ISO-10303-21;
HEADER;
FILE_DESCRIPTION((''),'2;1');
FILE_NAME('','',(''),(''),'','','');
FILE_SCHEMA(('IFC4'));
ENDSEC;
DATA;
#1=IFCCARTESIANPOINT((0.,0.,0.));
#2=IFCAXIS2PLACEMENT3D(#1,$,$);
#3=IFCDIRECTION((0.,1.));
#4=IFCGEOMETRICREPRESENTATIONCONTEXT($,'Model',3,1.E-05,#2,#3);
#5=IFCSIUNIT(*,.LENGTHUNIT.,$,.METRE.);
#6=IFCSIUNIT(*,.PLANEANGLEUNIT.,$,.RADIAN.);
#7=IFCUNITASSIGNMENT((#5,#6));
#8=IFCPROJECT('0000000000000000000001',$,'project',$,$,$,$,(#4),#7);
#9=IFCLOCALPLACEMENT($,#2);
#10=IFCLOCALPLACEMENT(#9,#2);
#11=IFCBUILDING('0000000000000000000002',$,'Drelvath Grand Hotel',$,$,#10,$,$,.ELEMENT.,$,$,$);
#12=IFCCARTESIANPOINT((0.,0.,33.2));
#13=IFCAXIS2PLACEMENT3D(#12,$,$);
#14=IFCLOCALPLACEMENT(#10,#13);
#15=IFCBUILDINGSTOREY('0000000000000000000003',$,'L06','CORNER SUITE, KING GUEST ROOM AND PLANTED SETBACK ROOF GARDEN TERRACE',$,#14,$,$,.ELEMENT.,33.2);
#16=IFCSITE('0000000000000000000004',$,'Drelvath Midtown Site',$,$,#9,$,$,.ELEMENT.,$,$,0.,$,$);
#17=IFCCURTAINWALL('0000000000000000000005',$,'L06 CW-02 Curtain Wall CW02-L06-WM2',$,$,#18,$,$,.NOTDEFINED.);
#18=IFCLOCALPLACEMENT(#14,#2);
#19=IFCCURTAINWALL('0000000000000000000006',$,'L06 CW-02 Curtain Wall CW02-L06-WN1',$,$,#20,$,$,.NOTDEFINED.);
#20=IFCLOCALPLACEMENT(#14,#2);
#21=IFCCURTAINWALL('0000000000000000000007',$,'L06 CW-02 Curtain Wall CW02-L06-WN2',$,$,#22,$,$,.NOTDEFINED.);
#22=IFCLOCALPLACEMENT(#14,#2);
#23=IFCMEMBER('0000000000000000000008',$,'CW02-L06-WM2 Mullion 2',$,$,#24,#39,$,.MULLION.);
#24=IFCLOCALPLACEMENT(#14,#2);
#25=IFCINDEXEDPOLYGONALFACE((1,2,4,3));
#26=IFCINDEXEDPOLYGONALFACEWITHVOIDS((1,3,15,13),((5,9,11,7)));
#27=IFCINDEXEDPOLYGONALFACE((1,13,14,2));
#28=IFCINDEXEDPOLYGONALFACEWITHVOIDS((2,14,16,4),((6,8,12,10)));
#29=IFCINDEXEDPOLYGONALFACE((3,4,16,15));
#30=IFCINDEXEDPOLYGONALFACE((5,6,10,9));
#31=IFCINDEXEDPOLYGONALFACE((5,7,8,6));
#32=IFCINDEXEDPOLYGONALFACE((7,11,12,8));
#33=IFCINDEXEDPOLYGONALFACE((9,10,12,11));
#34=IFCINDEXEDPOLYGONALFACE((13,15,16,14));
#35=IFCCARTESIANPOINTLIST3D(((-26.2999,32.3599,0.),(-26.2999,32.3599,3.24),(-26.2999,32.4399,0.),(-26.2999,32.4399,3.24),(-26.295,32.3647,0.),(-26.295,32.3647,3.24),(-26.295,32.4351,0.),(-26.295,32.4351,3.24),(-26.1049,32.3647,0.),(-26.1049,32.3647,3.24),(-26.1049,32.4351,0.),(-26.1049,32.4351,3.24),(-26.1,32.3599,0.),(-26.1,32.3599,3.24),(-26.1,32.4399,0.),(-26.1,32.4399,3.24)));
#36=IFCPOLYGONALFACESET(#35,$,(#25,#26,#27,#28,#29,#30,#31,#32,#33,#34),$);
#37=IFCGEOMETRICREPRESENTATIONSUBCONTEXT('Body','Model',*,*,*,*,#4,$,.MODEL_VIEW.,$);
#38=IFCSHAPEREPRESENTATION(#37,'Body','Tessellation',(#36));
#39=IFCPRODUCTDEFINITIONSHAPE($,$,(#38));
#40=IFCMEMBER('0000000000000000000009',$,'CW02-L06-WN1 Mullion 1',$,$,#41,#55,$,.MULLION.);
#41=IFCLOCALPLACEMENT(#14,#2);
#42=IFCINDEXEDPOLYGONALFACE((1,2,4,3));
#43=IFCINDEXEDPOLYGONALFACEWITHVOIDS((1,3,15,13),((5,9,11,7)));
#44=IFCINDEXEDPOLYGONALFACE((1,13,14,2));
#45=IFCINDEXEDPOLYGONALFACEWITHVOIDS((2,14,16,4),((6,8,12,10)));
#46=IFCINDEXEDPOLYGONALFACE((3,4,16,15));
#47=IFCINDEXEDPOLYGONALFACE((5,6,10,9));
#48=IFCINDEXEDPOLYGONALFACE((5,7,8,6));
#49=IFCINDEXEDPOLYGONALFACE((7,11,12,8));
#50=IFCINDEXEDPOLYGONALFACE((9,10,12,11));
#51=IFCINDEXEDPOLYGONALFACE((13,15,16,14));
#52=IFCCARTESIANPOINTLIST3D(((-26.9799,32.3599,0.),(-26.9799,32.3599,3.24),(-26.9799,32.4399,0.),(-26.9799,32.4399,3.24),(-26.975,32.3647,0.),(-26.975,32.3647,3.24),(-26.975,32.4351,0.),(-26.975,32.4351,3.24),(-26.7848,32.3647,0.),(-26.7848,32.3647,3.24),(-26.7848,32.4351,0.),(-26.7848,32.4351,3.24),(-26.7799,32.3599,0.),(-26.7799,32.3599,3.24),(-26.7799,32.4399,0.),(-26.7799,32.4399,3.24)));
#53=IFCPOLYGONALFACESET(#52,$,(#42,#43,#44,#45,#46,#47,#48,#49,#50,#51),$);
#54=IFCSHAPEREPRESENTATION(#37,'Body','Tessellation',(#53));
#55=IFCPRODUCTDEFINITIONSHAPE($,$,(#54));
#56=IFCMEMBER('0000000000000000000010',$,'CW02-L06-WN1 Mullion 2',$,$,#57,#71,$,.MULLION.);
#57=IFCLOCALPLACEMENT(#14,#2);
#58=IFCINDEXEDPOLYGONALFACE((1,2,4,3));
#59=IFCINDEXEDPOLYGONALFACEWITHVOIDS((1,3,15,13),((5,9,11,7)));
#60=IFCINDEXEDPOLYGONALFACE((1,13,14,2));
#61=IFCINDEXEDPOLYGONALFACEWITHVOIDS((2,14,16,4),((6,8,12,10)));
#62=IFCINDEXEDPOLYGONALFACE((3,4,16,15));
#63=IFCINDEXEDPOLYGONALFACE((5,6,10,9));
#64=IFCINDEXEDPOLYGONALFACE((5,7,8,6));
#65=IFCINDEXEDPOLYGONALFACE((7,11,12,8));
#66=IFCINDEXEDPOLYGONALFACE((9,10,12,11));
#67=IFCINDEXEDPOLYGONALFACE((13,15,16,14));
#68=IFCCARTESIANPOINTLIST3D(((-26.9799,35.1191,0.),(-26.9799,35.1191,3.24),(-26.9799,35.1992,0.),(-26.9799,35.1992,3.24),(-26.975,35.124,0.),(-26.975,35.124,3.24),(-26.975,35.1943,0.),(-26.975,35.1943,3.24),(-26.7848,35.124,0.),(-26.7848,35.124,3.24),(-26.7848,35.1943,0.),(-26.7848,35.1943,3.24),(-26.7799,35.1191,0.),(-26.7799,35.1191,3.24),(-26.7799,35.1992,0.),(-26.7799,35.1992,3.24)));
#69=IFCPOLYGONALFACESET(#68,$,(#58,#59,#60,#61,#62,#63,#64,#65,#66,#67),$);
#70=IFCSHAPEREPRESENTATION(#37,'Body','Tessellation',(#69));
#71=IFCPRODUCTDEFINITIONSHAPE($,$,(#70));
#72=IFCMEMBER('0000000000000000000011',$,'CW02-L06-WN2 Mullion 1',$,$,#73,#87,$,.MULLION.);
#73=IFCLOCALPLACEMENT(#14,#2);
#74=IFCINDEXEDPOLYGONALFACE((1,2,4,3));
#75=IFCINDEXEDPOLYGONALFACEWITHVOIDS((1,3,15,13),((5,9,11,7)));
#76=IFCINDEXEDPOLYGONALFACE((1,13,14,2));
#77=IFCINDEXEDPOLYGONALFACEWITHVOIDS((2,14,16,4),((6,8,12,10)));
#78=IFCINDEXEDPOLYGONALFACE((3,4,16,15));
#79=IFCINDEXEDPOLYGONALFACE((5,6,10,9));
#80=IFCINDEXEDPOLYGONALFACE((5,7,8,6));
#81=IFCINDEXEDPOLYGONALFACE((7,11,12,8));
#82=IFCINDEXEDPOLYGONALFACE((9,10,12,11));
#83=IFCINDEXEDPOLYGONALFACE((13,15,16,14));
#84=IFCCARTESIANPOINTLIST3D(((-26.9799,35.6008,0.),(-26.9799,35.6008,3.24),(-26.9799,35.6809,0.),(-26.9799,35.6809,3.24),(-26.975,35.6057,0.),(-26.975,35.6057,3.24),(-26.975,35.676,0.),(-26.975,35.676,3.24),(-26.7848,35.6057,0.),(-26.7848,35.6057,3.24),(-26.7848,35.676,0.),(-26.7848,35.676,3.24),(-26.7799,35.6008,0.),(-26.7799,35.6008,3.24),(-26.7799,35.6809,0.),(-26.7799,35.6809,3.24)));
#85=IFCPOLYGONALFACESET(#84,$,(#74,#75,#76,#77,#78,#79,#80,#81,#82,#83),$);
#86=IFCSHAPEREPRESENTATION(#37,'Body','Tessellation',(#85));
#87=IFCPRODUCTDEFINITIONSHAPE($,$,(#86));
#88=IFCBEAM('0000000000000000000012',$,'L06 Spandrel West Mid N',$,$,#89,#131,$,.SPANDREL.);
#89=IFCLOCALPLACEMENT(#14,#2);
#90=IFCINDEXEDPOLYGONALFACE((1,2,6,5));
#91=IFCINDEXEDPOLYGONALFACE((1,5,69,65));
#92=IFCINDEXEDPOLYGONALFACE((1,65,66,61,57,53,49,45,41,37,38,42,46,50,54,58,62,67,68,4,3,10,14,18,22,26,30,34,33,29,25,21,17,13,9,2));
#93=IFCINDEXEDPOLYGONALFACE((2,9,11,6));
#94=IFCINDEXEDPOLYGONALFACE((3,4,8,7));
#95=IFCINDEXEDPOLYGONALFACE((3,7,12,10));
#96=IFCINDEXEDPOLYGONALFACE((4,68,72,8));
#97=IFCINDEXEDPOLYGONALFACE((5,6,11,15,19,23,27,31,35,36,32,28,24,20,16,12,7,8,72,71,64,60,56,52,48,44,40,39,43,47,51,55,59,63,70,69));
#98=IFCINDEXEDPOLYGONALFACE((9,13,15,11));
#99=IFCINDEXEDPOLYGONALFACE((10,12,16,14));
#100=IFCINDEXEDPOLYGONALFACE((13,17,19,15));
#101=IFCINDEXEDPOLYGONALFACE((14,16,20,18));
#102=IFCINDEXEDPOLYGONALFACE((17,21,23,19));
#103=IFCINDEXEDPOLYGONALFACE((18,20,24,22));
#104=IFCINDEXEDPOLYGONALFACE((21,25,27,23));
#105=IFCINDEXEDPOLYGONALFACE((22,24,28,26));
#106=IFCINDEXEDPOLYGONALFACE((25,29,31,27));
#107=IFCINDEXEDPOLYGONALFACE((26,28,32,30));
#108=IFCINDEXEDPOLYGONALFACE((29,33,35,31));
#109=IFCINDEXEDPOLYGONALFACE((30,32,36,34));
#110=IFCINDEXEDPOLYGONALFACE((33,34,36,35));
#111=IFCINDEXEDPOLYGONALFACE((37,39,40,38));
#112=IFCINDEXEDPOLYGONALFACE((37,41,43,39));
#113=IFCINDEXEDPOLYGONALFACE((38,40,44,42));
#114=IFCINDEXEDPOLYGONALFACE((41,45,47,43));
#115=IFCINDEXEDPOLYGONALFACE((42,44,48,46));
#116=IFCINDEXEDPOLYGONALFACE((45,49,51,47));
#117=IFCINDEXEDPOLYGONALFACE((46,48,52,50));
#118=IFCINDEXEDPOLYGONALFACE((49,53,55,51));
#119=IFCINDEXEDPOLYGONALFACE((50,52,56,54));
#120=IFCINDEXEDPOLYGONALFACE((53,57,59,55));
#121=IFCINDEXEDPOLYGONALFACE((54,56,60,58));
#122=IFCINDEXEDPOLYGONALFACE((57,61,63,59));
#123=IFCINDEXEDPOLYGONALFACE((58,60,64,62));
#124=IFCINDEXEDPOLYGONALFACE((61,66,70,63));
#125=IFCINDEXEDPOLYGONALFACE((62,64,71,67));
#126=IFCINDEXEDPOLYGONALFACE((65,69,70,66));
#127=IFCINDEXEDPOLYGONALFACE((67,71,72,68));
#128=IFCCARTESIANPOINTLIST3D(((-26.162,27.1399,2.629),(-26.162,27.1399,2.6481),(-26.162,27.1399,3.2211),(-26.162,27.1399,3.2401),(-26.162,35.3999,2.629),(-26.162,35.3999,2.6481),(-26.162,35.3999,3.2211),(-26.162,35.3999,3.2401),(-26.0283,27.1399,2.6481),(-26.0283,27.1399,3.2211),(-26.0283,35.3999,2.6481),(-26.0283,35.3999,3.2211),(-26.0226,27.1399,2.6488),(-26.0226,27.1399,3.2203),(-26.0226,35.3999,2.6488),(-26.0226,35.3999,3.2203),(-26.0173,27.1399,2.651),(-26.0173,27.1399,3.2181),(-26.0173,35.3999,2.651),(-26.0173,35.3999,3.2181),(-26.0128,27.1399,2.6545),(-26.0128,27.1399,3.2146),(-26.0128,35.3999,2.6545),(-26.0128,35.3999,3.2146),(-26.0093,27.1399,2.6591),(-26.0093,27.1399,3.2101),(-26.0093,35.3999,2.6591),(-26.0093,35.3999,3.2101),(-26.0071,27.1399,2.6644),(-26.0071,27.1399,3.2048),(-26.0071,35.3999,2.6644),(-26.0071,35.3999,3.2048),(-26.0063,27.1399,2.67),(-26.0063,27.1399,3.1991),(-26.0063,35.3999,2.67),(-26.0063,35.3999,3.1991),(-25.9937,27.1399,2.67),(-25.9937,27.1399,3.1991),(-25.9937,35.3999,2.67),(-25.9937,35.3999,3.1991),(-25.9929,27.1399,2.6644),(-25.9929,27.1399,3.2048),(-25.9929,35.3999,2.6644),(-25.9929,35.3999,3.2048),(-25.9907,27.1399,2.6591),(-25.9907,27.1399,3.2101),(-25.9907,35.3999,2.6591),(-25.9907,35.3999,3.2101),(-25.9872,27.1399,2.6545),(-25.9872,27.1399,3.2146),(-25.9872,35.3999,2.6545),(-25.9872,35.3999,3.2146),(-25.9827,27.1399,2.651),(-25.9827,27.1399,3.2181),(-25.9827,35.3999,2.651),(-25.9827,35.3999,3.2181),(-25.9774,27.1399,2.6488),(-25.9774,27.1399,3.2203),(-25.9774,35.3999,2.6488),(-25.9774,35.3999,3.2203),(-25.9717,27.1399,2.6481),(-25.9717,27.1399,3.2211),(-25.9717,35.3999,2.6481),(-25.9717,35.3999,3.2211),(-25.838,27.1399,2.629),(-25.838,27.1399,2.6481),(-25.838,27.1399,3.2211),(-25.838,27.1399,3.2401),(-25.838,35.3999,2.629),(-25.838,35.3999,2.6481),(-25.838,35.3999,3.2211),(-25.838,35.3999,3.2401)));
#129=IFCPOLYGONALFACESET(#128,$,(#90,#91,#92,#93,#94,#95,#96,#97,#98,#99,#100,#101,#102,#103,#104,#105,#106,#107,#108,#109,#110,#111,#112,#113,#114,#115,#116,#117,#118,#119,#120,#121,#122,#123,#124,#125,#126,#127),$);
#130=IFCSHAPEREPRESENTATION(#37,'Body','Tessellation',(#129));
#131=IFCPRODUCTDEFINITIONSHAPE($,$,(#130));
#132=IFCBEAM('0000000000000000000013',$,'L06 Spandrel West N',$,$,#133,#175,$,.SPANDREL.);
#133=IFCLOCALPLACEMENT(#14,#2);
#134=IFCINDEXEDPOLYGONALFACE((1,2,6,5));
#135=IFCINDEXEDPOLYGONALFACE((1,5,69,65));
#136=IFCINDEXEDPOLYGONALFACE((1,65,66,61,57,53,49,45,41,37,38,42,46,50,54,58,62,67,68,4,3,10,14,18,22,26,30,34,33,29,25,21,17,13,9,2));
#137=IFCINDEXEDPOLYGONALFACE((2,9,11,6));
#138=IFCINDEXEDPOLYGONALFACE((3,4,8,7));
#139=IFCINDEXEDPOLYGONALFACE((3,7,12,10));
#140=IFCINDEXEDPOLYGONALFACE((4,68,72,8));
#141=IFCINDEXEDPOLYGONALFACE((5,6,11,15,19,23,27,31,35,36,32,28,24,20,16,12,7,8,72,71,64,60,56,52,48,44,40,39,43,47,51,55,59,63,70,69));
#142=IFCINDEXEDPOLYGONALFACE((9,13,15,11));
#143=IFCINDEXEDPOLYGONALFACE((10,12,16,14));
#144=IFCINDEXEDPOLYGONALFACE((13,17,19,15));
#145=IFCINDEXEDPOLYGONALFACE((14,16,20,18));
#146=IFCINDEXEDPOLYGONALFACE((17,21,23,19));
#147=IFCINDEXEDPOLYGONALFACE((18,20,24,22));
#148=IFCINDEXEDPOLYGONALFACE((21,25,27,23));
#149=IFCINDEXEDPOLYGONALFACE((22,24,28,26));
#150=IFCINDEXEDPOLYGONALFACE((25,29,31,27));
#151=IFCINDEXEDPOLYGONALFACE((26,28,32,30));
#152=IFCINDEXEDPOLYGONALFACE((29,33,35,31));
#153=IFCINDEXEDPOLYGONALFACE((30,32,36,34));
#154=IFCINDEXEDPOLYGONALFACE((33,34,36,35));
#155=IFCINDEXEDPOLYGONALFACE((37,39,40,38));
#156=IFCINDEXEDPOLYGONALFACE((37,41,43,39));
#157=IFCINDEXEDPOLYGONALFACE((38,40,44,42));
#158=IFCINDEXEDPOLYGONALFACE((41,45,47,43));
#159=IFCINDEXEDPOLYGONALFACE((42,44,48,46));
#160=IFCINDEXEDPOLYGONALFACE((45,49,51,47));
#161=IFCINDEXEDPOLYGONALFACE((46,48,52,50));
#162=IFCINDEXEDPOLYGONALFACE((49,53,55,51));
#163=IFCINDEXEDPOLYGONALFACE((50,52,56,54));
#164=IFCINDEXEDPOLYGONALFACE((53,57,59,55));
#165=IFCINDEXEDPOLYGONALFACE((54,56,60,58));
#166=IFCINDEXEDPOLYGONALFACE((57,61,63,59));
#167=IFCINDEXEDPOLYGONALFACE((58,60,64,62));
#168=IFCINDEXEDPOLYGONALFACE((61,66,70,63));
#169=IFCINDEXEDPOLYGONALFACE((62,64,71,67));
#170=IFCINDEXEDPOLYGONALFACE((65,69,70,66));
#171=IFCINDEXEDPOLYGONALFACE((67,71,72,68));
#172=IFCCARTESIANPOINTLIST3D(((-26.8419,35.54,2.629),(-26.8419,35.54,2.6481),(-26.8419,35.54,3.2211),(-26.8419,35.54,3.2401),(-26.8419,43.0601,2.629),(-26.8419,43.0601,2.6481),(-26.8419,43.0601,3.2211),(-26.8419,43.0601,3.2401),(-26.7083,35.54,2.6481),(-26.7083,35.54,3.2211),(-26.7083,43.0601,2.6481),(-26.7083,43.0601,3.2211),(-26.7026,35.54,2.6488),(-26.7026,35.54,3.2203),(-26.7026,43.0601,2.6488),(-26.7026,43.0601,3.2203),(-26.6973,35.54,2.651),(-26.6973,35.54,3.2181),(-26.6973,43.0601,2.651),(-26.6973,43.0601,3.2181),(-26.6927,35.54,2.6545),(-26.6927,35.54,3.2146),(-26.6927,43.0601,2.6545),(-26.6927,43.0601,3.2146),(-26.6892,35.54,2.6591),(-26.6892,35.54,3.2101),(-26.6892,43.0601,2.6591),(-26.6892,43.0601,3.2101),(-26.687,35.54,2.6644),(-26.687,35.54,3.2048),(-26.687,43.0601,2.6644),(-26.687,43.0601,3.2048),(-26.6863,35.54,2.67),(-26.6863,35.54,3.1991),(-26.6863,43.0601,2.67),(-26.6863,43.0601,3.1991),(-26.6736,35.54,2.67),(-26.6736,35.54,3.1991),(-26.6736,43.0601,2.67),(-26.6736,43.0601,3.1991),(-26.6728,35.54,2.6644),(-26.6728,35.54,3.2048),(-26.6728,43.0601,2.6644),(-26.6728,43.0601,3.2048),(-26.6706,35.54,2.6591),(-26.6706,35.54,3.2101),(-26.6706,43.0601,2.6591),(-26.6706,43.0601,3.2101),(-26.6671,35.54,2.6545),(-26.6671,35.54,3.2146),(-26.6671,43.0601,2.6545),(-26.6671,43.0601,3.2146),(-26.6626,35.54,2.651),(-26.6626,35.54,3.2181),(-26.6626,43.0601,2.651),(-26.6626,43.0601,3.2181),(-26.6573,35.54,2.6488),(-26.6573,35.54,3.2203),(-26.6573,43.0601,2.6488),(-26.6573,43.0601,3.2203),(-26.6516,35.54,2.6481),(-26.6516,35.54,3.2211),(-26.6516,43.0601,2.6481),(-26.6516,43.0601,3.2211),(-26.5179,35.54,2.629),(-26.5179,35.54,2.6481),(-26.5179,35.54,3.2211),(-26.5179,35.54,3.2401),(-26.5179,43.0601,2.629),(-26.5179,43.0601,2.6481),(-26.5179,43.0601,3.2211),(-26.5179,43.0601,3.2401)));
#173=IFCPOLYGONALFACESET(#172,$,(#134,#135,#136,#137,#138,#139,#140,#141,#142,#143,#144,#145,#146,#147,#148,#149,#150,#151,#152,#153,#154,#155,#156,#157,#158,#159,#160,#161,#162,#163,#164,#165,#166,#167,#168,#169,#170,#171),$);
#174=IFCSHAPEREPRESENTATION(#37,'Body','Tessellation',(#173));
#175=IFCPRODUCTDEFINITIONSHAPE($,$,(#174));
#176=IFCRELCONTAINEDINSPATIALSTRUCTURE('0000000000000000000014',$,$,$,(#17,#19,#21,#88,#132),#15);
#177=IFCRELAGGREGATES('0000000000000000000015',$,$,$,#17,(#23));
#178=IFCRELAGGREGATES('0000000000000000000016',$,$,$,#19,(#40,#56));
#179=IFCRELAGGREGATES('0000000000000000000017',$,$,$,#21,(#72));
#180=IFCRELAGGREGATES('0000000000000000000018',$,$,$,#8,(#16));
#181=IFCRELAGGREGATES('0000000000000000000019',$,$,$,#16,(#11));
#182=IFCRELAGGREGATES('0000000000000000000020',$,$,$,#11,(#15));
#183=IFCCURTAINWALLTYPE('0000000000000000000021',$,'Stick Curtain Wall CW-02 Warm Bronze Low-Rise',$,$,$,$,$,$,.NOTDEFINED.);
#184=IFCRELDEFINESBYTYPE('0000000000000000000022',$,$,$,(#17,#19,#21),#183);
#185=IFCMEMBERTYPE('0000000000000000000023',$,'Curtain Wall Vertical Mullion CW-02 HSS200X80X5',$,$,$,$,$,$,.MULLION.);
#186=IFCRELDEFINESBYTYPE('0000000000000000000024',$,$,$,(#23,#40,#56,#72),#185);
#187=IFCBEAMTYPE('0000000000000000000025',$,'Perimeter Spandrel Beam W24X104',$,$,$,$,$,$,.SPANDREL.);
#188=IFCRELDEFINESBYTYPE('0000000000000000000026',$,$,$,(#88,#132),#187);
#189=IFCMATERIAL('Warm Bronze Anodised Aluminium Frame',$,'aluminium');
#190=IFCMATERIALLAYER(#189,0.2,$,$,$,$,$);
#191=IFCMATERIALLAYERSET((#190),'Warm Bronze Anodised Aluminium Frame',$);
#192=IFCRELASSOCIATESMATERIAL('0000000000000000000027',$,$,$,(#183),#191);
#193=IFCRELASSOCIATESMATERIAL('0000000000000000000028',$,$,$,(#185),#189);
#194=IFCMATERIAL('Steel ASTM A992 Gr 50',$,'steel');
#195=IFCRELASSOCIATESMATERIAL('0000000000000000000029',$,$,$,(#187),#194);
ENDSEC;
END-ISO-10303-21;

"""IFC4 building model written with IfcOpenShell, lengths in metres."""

from ifc_helpers import new_model, si_unit, direction, frame, origin, origin_2d, place, context, subcontext, project, spatial, hollow_rectangle, i_section, extrude, material, layer, layer_set, material_profile, profile_set, type_object, element, aggregate, save


model = new_model("IFC4")

# Units and contexts
model_context = context("Model", 3, precision=1e-05, world=origin(), true_north=direction((0.0, 1.0)))
body_context = subcontext(model_context, "Body", "Model", "MODEL_VIEW")
ifc_project = project(units=[si_unit("LENGTHUNIT", "METRE"), si_unit("PLANEANGLEUNIT", "RADIAN")], contexts=[model_context])

# Site, building, storey
site_placement = place(None, origin())
site = spatial("IfcSite", under=ifc_project, at=site_placement, Name="Drelvath Midtown Site", CompositionType="ELEMENT", RefElevation=0.0)
building_placement = place(site_placement, origin())
building = spatial("IfcBuilding", under=site, at=building_placement, Name="Drelvath Grand Hotel", CompositionType="ELEMENT")
storey_placement = place(building_placement, frame((0.0, 0.0, 33.2)))
storey = spatial("IfcBuildingStorey", under=building, at=storey_placement, Name="L06", Description="CORNER SUITE, KING GUEST ROOM AND PLANTED SETBACK ROOF GARDEN TERRACE", CompositionType="ELEMENT", Elevation=33.2)

# Curtain walls
ifc_material_1 = material(Name="Warm Bronze Anodised Aluminium Frame", Category="aluminium")
ifc_layer_1 = layer(ifc_material_1, 0.2)
ifc_layer_set_1 = layer_set([ifc_layer_1], Name="Warm Bronze Anodised Aluminium Frame")
curtain_wall_type = type_object("IfcCurtainWallType", Name="Stick Curtain Wall CW-02 Warm Bronze Low-Rise", PredefinedType="NOTDEFINED", material=ifc_layer_set_1)
curtain_wall_1_placement = place(storey_placement, origin())
curtain_wall_1 = element("IfcCurtainWall", 1, at=curtain_wall_1_placement, inside=storey, type_object=curtain_wall_type, Name="L06 CW-02 Curtain Wall CW02-L06-WM2", PredefinedType="NOTDEFINED")
curtain_wall_2_placement = place(storey_placement, origin())
curtain_wall_2 = element("IfcCurtainWall", 2, at=curtain_wall_2_placement, inside=storey, type_object=curtain_wall_type, Name="L06 CW-02 Curtain Wall CW02-L06-WN1", PredefinedType="NOTDEFINED")
curtain_wall_3_placement = place(storey_placement, origin())
curtain_wall_3 = element("IfcCurtainWall", 3, at=curtain_wall_3_placement, inside=storey, type_object=curtain_wall_type, Name="L06 CW-02 Curtain Wall CW02-L06-WN2", PredefinedType="NOTDEFINED")
ifc_material_profile_1 = material_profile(ifc_material_1, hollow_rectangle(XDim=0.0801, YDim=0.2, WallThickness=0.0049, at=origin_2d()), Name="HSS200X80X5")
ifc_profile_set_1 = profile_set([ifc_material_profile_1], Name="Warm Bronze Anodised Aluminium Frame")
member_type_1 = type_object("IfcMemberType", Name="Curtain Wall Vertical Mullion CW-02 HSS200X80X5", PredefinedType="MULLION", material=ifc_profile_set_1)

# Members
member_1_placement = place(storey_placement, frame((-26.2, 32.3999, 0.0), z_axis=(0.0, 0.0, 1.0), x_axis=(0.0, 1.0, 0.0)))
member_1 = element("IfcMember", 4, at=member_1_placement, type_object=member_type_1, Name="CW02-L06-WM2 Mullion 2", PredefinedType="MULLION", context=body_context, shape_type="SweptSolid", body=[
    extrude(hollow_rectangle(XDim=0.0801, YDim=0.2, WallThickness=0.0049, at=origin_2d()), origin(), (0.0, 0.0, 1.0), 3.24),
])
member_2_placement = place(storey_placement, frame((-26.8799, 32.3999, 0.0), z_axis=(0.0, 0.0, 1.0), x_axis=(0.0, 1.0, 0.0)))
member_2 = element("IfcMember", 5, at=member_2_placement, type_object=member_type_1, Name="CW02-L06-WN1 Mullion 1", PredefinedType="MULLION", context=body_context, shape_type="SweptSolid", body=[
    extrude(hollow_rectangle(XDim=0.0801, YDim=0.2, WallThickness=0.0049, at=origin_2d()), origin(), (0.0, 0.0, 1.0), 3.24),
])
member_3_placement = place(storey_placement, frame((-26.8799, 35.1592, 0.0), z_axis=(0.0, 0.0, 1.0), x_axis=(0.0, 1.0, 0.0)))
member_3 = element("IfcMember", 6, at=member_3_placement, type_object=member_type_1, Name="CW02-L06-WN1 Mullion 2", PredefinedType="MULLION", context=body_context, shape_type="SweptSolid", body=[
    extrude(hollow_rectangle(XDim=0.0801, YDim=0.2, WallThickness=0.0049, at=origin_2d()), origin(), (0.0, 0.0, 1.0), 3.24),
])
member_4_placement = place(storey_placement, frame((-26.8799, 35.6409, 0.0), z_axis=(0.0, 0.0, 1.0), x_axis=(0.0, 1.0, 0.0)))
member_4 = element("IfcMember", 7, at=member_4_placement, type_object=member_type_1, Name="CW02-L06-WN2 Mullion 1", PredefinedType="MULLION", context=body_context, shape_type="SweptSolid", body=[
    extrude(hollow_rectangle(XDim=0.0801, YDim=0.2, WallThickness=0.0049, at=origin_2d()), origin(), (0.0, 0.0, 1.0), 3.24),
])

# Beams
ifc_material_2 = material(Name="Steel ASTM A992 Gr 50", Category="steel")
ifc_material_profile_2 = material_profile(ifc_material_2, i_section(OverallWidth=0.324, OverallDepth=0.6111, WebThickness=0.0127, FlangeThickness=0.019, FilletRadius=0.022, at=origin_2d()), Name="W24X104")
ifc_profile_set_2 = profile_set([ifc_material_profile_2], Name="Steel ASTM A992 Gr 50")
beam_type_1 = type_object("IfcBeamType", Name="Perimeter Spandrel Beam W24X104", PredefinedType="SPANDREL", material=ifc_profile_set_2)
beam_1_placement = place(storey_placement, frame((-26.0, 27.1399, 2.9346), z_axis=(0.0, 1.0, 0.0), x_axis=(-1.0, 0.0, 0.0)))
element("IfcBeam", 8, at=beam_1_placement, inside=storey, type_object=beam_type_1, Name="L06 Spandrel West Mid N", PredefinedType="SPANDREL", context=body_context, shape_type="SweptSolid", body=[
    extrude(i_section(OverallWidth=0.324, OverallDepth=0.6111, WebThickness=0.0127, FlangeThickness=0.019, FilletRadius=0.022, at=origin_2d()), origin(), (0.0, 0.0, 1.0), 8.26),
])
beam_2_placement = place(storey_placement, frame((-26.6799, 35.54, 2.9346), z_axis=(0.0, 1.0, 0.0), x_axis=(-1.0, 0.0, 0.0)))
element("IfcBeam", 9, at=beam_2_placement, inside=storey, type_object=beam_type_1, Name="L06 Spandrel West N", PredefinedType="SPANDREL", context=body_context, shape_type="SweptSolid", body=[
    extrude(i_section(OverallWidth=0.324, OverallDepth=0.6111, WebThickness=0.0127, FlangeThickness=0.019, FilletRadius=0.022, at=origin_2d()), origin(), (0.0, 0.0, 1.0), 7.52),
])

aggregate(curtain_wall_1, [member_1])
aggregate(curtain_wall_2, [member_2, member_3])
aggregate(curtain_wall_3, [member_4])

save(model, "model.ifc")
